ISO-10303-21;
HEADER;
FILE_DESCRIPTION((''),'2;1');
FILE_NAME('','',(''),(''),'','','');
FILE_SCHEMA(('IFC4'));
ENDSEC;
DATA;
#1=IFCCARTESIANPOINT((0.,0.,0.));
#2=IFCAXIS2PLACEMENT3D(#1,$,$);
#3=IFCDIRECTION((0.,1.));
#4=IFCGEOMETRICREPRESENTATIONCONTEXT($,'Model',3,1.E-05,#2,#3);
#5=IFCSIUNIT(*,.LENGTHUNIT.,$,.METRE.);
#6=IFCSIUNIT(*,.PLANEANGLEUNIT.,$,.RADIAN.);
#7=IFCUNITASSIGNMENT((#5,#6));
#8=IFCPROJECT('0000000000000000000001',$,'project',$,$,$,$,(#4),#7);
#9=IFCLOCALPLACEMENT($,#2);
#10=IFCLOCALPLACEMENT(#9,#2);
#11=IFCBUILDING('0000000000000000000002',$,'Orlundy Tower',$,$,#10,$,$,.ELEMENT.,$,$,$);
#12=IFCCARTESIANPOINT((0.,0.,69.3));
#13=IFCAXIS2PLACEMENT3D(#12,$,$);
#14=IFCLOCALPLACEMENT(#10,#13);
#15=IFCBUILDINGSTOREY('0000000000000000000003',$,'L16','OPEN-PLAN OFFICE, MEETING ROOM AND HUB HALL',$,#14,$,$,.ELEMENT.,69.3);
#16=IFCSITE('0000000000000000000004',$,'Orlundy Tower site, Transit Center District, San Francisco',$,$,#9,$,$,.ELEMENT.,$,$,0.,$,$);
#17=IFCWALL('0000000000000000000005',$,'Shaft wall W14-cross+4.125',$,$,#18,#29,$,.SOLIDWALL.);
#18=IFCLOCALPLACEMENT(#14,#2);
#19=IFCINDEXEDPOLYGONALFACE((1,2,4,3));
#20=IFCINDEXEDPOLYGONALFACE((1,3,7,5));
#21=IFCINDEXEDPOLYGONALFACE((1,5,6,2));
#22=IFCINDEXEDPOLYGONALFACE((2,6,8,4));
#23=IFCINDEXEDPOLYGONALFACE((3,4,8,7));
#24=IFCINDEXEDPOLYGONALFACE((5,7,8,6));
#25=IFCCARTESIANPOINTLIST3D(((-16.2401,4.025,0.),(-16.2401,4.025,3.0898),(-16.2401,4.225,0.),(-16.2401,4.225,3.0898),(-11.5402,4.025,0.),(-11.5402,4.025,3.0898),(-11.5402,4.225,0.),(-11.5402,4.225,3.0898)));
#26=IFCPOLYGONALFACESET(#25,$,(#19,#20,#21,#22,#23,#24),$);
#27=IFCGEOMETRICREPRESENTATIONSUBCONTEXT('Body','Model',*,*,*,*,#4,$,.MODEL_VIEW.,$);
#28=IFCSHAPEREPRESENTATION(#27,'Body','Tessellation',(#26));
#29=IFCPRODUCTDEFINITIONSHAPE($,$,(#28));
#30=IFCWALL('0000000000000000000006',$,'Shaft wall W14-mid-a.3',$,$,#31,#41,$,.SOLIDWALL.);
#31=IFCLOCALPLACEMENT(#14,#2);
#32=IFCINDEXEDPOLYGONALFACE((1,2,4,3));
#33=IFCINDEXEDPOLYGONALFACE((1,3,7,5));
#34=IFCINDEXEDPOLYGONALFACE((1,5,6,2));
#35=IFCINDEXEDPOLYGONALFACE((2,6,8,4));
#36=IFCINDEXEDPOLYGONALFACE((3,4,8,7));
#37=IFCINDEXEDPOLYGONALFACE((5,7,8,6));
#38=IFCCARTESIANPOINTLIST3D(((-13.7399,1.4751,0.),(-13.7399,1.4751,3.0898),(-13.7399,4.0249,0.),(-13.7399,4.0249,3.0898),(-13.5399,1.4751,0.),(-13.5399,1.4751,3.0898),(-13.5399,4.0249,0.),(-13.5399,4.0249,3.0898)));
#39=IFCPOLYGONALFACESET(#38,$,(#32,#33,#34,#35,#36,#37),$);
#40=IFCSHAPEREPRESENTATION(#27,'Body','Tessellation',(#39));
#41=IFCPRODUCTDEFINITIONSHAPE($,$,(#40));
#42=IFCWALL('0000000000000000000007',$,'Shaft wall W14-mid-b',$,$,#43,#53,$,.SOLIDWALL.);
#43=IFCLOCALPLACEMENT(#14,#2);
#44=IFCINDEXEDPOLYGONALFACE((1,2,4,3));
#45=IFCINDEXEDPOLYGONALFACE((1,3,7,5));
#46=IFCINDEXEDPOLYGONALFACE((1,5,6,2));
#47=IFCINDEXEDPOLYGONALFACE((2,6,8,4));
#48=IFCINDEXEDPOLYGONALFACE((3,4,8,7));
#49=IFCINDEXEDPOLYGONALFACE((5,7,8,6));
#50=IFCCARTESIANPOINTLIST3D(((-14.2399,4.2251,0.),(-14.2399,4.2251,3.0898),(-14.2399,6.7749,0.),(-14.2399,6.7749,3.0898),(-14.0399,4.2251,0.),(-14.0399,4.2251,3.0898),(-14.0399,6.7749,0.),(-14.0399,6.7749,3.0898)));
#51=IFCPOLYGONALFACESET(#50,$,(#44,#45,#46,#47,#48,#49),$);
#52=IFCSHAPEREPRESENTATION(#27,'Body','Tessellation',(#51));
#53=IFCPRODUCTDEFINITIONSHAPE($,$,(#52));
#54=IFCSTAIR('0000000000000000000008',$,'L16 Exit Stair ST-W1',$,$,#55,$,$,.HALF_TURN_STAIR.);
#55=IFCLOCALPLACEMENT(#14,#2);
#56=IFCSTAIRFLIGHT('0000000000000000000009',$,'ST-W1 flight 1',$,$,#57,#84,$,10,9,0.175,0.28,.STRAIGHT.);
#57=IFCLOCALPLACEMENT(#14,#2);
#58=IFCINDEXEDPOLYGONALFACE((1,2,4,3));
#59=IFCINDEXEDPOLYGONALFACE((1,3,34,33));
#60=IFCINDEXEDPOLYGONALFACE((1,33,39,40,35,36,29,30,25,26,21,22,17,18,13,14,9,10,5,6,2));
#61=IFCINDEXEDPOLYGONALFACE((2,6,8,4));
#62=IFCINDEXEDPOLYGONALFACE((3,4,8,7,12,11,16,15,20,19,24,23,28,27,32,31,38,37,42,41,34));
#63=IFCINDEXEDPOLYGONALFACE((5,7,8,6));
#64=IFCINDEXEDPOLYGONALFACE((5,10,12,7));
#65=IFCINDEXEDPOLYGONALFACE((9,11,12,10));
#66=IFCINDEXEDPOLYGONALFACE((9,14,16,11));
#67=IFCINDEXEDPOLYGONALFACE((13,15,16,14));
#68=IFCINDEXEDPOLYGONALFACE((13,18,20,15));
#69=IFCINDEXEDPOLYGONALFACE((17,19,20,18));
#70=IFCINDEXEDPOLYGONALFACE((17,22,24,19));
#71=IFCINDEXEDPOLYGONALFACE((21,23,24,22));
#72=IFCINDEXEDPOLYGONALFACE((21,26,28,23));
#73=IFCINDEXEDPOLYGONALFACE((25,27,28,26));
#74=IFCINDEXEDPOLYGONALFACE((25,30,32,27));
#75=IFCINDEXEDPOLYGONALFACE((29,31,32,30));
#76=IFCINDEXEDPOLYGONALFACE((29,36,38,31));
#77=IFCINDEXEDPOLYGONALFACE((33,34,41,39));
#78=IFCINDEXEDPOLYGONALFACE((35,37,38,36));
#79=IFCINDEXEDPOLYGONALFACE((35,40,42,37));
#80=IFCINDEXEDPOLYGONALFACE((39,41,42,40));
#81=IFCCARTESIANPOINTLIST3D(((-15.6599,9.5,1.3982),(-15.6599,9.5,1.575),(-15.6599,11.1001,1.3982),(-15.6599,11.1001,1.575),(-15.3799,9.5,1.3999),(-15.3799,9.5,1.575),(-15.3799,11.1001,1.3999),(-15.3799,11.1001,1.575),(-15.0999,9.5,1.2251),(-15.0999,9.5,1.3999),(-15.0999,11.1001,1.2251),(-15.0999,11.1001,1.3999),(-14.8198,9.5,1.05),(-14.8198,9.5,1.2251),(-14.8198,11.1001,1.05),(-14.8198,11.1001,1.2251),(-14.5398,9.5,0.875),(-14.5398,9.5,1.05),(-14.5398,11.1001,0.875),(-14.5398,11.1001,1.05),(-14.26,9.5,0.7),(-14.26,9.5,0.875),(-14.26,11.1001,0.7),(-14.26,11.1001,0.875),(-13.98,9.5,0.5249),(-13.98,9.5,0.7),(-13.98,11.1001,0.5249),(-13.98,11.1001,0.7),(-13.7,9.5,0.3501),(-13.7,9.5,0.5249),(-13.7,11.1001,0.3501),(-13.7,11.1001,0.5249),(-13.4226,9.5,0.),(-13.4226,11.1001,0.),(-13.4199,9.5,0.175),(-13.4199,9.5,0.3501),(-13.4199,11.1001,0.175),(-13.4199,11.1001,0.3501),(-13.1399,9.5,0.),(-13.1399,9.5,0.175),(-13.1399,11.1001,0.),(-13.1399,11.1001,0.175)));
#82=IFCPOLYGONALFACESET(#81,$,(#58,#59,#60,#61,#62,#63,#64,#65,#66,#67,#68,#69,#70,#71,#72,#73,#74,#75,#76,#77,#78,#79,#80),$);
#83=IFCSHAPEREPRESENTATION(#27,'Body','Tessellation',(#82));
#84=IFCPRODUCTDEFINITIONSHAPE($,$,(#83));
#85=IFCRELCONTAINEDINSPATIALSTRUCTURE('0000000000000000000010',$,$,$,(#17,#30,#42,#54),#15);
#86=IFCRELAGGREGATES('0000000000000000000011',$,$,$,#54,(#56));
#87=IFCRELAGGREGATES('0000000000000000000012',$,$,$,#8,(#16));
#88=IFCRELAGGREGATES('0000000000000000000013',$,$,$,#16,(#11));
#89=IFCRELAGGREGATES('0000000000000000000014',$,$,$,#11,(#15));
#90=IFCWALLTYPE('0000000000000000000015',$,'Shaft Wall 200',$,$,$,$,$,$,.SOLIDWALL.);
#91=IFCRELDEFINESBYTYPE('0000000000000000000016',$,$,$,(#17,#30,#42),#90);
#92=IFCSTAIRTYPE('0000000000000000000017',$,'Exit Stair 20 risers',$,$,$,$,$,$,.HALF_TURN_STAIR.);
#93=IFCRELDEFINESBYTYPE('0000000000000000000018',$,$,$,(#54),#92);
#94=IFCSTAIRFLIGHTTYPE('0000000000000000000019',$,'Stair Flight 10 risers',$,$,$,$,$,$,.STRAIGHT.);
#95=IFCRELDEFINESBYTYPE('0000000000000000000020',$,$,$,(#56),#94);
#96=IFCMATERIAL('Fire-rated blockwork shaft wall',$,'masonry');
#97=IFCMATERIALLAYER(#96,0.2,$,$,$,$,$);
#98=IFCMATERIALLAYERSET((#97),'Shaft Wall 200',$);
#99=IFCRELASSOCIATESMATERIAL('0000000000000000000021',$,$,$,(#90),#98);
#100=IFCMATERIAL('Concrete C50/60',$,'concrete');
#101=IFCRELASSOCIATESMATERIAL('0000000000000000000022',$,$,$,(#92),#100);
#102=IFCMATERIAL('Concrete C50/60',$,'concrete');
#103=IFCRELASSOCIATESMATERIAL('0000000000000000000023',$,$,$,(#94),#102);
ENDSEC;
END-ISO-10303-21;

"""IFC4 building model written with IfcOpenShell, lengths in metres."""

from ifc_helpers import new_model, si_unit, direction, frame, frame_2d, origin, place, context, subcontext, project, spatial, polyline, rectangle, outline, extrude, material, layer, layer_set, type_object, element, aggregate, save


model = new_model("IFC4")

# Units and contexts
model_context = context("Model", 3, precision=1e-05, world=origin(), true_north=direction((0.0, 1.0)))
body_context = subcontext(model_context, "Body", "Model", "MODEL_VIEW")
ifc_project = project(units=[si_unit("LENGTHUNIT", "METRE"), si_unit("PLANEANGLEUNIT", "RADIAN")], contexts=[model_context])

# Site, building, storey
site_placement = place(None, origin())
site = spatial("IfcSite", under=ifc_project, at=site_placement, Name="Orlundy Tower site, Transit Center District, San Francisco", CompositionType="ELEMENT", RefElevation=0.0)
building_placement = place(site_placement, origin())
building = spatial("IfcBuilding", under=site, at=building_placement, Name="Orlundy Tower", CompositionType="ELEMENT")
storey_placement = place(building_placement, frame((0.0, 0.0, 69.3)))
storey = spatial("IfcBuildingStorey", under=building, at=storey_placement, Name="L16", Description="OPEN-PLAN OFFICE, MEETING ROOM AND HUB HALL", CompositionType="ELEMENT", Elevation=69.3)

# Walls
ifc_material_1 = material(Name="Fire-rated blockwork shaft wall", Category="masonry")
ifc_layer_1 = layer(ifc_material_1, 0.2)
ifc_layer_set_1 = layer_set([ifc_layer_1], Name="Shaft Wall 200")
wall_type_1 = type_object("IfcWallType", Name="Shaft Wall 200", PredefinedType="SOLIDWALL", material=ifc_layer_set_1)
wall_1_placement = place(storey_placement, frame((-11.54, 4.125, 0.0), z_axis=(0.0, 0.0, 1.0), x_axis=(-1.0, 0.0, 0.0)))
element("IfcWall", 1, at=wall_1_placement, inside=storey, type_object=wall_type_1, Name="Shaft wall W14-cross+4.125", PredefinedType="SOLIDWALL", context=body_context, shape_type="SweptSolid", body=[
    extrude(rectangle(XDim=4.7, YDim=0.2, at=frame_2d((2.3501, 0.0))), origin(), (0.0, 0.0, 1.0), 3.0898),
])
for number, where, z_axis, x_axis, name in (
    (2, (-13.6399, 1.4751, 0.0), (0.0, 0.0, 1.0), (0.0, 1.0, 0.0), "Shaft wall W14-mid-a.3"),
    (3, (-14.1399, 4.2251, 0.0), (0.0, 0.0, 1.0), (0.0, 1.0, 0.0), "Shaft wall W14-mid-b"),
):
    element("IfcWall", number, at=place(storey_placement, frame(where, z_axis=z_axis, x_axis=x_axis)), inside=storey, type_object=wall_type_1, Name=name, PredefinedType="SOLIDWALL", context=body_context, shape_type="SweptSolid", body=[
        extrude(rectangle(XDim=2.5498, YDim=0.2, at=frame_2d((1.2749, 0.0))), origin(), (0.0, 0.0, 1.0), 3.0898),
    ])

# Stair, stair flight
ifc_material_2 = material(Name="Concrete C50/60", Category="concrete")
stair_type = type_object("IfcStairType", Name="Exit Stair 20 risers", PredefinedType="HALF_TURN_STAIR", material=ifc_material_2)
stair_placement = place(storey_placement, origin())
stair = element("IfcStair", 4, at=stair_placement, inside=storey, type_object=stair_type, Name="L16 Exit Stair ST-W1", PredefinedType="HALF_TURN_STAIR")
ifc_material_3 = material(Name="Concrete C50/60", Category="concrete")
stair_flight_type = type_object("IfcStairFlightType", Name="Stair Flight 10 risers", PredefinedType="STRAIGHT", material=ifc_material_3)
stair_flight_placement = place(storey_placement, frame((-13.1399, 10.3, 0.0), z_axis=(0.0, 0.0, 1.0), x_axis=(-1.0, 0.0, 0.0)))
stair_flight = element("IfcStairFlight", 5, at=stair_flight_placement, type_object=stair_flight_type, Name="ST-W1 flight 1", NumberOfRisers=10, NumberOfTreads=9, PredefinedType="STRAIGHT", RiserHeight=0.175, TreadLength=0.28, context=body_context, shape_type="SweptSolid", body=[
    extrude(outline(polyline([(0.0, 0.0), (0.0, 0.175), (0.28, 0.175), (0.28, 0.3501), (0.5601, 0.3501), (0.5601, 0.5249), (0.8401, 0.5249), (0.8401, 0.7), (1.1201, 0.7), (1.1201, 0.875), (1.3999, 0.875), (1.3999, 1.05), (1.6799, 1.05), (1.6799, 1.2251), (1.96, 1.2251), (1.96, 1.3999), (2.24, 1.3999), (2.24, 1.575), (2.52, 1.575), (2.52, 1.75), (2.52, 1.3982), (0.2827, 0.0), (0.0, 0.0)])), frame((0.0, 0.8, 0.0), z_axis=(0.0, -1.0, 0.0), x_axis=(1.0, 0.0, 0.0)), (0.0, 0.0, 1.0), 1.6001),
])
aggregate(stair, [stair_flight])

save(model, "model.ifc")
